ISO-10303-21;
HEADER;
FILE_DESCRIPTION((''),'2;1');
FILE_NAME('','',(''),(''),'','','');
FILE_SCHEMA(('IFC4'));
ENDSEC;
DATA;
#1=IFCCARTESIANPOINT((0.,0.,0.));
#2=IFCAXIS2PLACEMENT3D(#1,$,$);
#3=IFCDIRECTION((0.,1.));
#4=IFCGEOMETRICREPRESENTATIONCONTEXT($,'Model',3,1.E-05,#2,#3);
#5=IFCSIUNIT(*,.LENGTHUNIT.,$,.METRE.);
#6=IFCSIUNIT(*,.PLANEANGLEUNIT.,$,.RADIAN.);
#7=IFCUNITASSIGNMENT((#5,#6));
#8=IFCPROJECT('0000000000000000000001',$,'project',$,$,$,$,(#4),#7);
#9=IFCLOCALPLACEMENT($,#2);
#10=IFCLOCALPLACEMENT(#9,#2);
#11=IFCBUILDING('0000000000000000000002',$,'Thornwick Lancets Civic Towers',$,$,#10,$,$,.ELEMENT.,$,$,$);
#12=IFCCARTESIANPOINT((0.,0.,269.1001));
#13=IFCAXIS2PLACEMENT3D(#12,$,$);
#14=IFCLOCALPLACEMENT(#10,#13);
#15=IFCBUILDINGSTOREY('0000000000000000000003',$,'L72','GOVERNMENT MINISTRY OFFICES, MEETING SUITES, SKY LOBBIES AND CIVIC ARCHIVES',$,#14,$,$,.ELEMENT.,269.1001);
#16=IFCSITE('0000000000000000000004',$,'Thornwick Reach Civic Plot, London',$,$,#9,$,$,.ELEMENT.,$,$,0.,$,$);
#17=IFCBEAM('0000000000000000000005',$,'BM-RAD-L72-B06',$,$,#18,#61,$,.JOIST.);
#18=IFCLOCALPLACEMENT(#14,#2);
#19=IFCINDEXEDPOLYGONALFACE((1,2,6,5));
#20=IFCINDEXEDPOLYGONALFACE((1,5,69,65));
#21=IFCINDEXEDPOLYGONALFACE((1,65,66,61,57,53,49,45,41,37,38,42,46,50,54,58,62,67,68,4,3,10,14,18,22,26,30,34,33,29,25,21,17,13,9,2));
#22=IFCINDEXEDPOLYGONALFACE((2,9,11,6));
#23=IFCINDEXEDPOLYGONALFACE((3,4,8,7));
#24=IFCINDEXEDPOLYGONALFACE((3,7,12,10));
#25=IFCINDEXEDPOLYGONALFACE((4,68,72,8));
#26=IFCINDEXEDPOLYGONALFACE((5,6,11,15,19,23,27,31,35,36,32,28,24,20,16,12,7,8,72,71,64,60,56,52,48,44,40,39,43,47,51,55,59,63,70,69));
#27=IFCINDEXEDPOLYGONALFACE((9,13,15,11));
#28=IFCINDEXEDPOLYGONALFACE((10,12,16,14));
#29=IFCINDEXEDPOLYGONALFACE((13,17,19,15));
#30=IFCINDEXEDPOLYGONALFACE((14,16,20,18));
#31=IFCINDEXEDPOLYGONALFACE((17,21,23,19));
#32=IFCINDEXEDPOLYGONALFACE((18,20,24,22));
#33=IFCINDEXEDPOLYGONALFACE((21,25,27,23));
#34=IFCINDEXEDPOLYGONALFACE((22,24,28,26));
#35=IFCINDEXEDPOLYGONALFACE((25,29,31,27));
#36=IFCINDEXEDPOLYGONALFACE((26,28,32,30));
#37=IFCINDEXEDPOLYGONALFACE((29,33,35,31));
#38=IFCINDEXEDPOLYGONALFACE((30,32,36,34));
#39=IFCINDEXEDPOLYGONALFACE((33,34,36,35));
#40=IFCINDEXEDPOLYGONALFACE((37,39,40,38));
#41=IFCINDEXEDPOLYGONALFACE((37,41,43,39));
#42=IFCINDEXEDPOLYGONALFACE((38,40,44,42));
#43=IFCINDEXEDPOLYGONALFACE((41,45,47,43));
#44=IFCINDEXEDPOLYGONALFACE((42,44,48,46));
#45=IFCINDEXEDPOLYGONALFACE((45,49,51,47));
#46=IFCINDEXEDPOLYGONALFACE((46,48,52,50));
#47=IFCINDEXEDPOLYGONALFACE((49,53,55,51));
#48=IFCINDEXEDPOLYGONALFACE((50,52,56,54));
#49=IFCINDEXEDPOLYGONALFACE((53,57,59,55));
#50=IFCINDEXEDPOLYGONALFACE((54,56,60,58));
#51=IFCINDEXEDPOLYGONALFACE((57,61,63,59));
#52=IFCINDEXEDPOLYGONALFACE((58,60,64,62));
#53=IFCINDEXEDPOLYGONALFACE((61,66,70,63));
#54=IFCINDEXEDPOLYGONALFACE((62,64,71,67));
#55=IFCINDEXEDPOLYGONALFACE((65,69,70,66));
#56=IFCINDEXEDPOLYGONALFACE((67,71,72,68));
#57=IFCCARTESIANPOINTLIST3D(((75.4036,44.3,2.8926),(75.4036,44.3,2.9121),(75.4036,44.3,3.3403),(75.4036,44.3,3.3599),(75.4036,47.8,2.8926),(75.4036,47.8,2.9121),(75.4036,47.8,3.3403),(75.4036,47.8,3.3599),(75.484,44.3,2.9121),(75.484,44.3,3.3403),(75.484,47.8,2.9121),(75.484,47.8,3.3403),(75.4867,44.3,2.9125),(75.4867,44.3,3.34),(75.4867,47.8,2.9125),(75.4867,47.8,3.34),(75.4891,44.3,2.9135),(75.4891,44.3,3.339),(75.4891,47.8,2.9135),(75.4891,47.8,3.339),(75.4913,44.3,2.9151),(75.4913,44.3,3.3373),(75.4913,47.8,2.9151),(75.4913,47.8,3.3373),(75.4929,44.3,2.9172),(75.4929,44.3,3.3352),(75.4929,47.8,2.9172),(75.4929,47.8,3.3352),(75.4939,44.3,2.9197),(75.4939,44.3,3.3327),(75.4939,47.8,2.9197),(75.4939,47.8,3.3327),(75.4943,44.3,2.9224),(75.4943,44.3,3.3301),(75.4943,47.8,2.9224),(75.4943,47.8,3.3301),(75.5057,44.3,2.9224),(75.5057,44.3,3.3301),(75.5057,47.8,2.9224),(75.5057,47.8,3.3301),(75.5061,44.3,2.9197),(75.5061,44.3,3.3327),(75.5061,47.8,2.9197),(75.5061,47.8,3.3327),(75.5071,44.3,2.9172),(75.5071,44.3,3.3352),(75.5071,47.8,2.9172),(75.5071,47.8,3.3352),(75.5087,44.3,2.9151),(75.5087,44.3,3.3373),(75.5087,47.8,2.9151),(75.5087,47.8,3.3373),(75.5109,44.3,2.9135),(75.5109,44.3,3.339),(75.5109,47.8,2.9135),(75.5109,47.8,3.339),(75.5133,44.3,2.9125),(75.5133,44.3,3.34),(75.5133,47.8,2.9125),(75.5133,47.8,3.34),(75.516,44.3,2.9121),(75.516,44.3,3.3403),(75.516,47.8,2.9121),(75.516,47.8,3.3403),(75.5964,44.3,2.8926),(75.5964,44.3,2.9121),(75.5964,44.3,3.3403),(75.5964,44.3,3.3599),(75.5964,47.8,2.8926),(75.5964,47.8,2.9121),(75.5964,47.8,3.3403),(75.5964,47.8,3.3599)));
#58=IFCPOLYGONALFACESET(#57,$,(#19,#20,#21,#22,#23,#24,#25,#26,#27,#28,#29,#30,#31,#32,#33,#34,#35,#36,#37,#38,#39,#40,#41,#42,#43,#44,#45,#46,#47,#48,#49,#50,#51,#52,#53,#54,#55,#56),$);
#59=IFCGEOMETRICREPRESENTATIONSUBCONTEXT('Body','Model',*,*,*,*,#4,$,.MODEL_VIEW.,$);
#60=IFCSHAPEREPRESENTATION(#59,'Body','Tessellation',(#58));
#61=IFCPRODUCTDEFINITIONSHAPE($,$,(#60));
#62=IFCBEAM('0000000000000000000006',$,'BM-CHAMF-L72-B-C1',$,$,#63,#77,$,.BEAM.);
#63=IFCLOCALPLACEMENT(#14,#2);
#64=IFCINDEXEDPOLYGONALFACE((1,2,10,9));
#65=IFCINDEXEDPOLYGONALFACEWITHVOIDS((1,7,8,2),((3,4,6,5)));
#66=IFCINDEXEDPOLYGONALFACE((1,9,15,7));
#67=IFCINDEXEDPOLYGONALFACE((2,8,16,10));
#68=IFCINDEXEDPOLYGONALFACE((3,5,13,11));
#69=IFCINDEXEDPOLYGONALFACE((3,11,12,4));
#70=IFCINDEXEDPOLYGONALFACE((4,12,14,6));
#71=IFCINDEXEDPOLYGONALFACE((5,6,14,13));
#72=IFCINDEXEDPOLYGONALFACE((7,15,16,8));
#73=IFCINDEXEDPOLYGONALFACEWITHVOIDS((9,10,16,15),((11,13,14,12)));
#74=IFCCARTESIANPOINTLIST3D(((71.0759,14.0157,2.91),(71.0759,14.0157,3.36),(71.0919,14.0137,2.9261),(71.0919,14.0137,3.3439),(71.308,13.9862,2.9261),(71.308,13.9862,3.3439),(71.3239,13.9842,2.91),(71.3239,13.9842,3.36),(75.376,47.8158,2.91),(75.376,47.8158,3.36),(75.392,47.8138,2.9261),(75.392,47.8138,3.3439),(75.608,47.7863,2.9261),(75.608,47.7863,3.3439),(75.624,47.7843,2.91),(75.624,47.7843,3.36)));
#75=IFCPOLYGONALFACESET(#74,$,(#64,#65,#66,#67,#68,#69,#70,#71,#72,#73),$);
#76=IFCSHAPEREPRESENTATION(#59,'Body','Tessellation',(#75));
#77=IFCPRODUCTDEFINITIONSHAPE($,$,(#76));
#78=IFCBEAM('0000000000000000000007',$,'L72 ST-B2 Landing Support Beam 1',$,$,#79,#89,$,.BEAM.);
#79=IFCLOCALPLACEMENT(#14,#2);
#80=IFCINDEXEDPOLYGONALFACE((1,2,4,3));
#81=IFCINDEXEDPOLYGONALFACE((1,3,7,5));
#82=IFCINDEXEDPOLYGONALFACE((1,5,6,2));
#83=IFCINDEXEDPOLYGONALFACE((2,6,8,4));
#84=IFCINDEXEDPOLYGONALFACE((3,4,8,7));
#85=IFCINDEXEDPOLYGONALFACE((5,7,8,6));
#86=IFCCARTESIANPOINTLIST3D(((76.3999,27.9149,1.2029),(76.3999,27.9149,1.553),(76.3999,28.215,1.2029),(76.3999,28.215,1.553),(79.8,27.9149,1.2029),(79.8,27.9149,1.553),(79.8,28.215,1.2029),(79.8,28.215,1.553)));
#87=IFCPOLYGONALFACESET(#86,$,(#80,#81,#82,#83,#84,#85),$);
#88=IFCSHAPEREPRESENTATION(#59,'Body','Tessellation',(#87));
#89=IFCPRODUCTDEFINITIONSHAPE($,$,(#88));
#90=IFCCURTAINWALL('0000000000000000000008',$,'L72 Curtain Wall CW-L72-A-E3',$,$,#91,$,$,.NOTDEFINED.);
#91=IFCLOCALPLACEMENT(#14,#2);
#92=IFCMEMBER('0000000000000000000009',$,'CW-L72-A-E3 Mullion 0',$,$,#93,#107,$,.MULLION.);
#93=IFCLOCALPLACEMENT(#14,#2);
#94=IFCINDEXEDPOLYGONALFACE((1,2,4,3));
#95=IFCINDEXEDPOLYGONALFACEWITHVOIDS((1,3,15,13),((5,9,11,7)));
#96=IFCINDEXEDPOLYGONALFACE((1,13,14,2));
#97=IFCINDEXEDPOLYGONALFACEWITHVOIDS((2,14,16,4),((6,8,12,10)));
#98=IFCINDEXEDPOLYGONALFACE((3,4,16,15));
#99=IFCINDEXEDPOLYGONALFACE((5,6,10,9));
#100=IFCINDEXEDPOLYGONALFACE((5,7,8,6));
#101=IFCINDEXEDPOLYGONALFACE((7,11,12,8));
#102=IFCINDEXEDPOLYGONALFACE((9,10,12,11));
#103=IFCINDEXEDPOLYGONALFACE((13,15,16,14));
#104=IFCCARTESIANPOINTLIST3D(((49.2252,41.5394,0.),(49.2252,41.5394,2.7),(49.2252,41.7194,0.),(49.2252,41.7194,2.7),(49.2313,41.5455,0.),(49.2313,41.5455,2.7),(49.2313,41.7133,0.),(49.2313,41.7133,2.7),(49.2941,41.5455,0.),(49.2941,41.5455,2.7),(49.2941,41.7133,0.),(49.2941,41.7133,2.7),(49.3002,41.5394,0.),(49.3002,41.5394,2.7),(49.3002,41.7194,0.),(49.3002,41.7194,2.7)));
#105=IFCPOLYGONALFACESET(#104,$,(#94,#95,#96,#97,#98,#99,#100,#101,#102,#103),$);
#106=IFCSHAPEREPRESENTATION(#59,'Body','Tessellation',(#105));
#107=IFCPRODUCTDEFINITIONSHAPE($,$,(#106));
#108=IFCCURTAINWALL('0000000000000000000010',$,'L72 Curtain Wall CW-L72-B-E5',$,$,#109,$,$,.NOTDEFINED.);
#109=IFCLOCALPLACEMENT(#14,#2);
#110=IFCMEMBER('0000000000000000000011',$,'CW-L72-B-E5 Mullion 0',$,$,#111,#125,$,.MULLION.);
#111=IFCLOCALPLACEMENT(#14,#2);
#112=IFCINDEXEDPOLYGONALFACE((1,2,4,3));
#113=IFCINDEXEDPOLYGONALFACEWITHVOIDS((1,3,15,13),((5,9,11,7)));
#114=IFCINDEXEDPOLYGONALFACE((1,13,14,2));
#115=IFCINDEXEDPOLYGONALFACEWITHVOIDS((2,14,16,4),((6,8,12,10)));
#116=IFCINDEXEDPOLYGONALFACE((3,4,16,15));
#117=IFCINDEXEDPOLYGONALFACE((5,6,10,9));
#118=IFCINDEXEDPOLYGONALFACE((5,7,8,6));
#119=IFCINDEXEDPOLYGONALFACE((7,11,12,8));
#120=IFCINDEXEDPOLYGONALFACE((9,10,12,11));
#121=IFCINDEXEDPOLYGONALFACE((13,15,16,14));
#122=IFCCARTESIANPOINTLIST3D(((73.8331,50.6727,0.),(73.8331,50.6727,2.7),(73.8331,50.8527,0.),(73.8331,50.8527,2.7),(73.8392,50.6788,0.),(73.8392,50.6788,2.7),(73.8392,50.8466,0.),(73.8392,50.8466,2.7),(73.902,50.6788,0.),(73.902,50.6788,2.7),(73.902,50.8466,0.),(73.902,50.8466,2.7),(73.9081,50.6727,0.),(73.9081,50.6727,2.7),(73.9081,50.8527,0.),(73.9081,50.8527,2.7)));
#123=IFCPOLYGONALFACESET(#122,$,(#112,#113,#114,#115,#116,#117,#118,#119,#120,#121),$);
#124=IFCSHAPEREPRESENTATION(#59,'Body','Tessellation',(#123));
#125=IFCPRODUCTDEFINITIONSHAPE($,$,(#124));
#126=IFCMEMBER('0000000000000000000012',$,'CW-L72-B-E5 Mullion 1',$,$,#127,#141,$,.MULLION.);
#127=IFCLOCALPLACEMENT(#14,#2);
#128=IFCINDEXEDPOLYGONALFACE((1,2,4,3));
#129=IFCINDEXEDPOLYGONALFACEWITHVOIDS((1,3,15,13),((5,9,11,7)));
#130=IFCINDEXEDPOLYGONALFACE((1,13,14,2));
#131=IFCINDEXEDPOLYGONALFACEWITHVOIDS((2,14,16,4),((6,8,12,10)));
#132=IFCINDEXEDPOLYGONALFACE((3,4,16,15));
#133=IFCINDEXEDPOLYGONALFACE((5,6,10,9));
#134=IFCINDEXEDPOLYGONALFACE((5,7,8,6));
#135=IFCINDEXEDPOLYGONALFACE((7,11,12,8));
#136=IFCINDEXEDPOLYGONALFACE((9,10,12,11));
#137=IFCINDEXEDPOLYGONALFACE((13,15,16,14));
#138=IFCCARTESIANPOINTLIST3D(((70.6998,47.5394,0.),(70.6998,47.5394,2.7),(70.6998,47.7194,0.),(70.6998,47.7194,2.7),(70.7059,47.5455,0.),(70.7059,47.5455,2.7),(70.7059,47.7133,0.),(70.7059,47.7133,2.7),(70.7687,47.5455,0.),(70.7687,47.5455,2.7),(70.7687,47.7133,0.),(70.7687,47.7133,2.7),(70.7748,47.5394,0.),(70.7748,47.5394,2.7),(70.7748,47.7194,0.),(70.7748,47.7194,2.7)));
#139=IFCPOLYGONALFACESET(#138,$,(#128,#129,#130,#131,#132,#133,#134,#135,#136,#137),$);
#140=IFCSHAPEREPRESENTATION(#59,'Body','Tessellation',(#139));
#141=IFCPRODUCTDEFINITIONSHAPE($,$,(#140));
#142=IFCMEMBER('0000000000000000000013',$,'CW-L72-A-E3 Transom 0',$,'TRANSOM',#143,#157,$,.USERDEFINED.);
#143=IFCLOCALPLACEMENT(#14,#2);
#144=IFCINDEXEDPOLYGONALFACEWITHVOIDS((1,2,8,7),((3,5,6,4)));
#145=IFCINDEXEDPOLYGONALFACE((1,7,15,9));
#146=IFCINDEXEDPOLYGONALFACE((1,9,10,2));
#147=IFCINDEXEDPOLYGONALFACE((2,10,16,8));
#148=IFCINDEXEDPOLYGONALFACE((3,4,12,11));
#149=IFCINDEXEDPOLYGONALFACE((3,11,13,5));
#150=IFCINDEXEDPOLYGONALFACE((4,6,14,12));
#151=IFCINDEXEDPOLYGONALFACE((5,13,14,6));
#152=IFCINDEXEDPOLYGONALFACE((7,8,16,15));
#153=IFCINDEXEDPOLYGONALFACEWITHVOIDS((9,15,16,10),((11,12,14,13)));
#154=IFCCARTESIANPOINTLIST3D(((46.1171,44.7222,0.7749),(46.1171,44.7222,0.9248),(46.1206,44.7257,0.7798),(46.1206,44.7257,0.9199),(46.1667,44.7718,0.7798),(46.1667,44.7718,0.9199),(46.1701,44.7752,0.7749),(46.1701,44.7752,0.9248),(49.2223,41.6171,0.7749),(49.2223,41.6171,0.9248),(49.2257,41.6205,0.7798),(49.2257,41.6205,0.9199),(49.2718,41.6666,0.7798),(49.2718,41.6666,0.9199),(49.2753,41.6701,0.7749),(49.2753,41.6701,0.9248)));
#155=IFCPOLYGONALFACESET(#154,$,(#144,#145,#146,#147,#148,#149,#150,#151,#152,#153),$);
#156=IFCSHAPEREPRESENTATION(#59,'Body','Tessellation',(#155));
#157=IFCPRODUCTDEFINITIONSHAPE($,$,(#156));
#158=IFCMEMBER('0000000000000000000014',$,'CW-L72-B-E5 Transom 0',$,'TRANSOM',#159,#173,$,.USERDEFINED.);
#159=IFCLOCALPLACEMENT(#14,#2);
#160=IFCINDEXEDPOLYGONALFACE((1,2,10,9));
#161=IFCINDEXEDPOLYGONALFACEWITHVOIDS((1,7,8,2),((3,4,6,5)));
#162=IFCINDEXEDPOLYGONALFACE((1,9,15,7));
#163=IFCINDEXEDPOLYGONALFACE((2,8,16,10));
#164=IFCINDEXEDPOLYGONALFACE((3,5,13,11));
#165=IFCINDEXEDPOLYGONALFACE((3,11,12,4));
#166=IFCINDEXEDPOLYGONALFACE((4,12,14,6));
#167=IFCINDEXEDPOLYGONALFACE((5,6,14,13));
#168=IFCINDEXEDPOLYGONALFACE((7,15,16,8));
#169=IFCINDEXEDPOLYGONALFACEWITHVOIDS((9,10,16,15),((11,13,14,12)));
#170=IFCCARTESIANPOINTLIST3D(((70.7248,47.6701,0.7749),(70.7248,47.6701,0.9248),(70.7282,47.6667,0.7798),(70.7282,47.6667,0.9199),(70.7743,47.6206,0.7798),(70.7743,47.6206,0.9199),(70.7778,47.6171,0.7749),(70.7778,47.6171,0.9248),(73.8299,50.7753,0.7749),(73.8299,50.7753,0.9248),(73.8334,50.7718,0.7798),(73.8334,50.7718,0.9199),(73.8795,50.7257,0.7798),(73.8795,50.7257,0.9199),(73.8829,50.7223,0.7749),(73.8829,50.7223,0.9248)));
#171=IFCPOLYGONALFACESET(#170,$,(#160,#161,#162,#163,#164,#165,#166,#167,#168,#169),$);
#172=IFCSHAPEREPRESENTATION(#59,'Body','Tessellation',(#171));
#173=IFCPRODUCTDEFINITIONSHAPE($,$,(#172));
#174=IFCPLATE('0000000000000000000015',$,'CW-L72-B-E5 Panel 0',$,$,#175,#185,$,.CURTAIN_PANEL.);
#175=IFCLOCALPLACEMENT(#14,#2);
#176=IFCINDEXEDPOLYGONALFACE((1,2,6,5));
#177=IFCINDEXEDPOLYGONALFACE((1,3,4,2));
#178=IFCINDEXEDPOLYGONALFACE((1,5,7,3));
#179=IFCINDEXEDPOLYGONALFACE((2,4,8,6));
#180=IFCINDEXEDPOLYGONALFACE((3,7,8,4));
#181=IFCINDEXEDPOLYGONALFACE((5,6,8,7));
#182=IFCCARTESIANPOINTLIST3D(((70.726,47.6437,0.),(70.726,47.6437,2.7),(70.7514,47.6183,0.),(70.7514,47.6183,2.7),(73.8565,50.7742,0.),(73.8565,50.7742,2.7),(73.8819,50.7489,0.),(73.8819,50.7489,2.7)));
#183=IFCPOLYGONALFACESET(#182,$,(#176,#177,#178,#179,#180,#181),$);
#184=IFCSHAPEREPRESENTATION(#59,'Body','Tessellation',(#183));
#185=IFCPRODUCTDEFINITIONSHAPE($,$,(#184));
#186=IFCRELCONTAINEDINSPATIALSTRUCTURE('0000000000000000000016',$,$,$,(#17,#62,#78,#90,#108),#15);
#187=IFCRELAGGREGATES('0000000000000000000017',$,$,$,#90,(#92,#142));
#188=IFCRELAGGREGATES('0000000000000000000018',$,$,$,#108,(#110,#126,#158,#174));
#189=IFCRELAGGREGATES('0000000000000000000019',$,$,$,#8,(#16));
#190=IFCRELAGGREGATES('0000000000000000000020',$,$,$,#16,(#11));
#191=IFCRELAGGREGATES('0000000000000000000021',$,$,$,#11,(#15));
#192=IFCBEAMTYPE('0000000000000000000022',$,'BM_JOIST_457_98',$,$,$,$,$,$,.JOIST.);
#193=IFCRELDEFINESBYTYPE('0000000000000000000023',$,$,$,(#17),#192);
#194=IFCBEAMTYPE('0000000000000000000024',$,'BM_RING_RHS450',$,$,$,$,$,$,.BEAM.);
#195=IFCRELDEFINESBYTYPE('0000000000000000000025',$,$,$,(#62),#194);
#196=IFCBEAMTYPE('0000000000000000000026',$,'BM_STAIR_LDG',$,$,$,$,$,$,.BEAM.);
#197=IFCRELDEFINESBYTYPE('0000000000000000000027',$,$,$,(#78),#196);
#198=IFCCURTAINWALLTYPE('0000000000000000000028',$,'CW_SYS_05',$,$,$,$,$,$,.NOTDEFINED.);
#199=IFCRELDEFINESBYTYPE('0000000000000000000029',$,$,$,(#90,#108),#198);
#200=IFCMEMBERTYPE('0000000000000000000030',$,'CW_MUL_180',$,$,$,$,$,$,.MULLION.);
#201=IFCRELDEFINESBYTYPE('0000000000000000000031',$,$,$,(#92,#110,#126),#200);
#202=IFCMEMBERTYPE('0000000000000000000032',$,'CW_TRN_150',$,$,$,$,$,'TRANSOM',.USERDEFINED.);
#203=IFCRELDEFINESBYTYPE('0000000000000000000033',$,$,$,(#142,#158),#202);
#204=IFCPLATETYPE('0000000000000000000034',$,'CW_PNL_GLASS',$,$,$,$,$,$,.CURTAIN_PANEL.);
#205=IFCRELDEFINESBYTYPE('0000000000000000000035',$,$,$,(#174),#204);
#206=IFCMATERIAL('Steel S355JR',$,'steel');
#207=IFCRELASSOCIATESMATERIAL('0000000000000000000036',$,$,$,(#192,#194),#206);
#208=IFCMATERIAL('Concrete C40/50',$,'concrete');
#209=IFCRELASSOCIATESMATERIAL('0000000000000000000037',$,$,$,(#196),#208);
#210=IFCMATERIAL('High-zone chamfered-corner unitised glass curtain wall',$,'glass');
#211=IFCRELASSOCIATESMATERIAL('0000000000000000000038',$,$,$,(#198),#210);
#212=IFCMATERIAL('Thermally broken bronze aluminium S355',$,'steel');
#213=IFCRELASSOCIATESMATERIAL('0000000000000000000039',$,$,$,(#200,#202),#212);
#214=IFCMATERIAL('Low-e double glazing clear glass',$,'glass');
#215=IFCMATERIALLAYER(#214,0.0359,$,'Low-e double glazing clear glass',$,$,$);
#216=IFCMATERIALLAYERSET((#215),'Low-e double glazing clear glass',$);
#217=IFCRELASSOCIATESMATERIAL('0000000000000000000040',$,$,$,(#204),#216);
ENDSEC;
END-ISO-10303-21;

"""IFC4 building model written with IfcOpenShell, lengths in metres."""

from ifc_helpers import new_model, si_unit, direction, frame, origin, origin_2d, place, context, subcontext, project, spatial, rectangle, hollow_rectangle, i_section, extrude, material, layer, layer_set, material_profile, profile_set, type_object, element, aggregate, save


model = new_model("IFC4")

# Units and contexts
model_context = context("Model", 3, precision=1e-05, world=origin(), true_north=direction((0.0, 1.0)))
body_context = subcontext(model_context, "Body", "Model", "MODEL_VIEW")
ifc_project = project(units=[si_unit("LENGTHUNIT", "METRE"), si_unit("PLANEANGLEUNIT", "RADIAN")], contexts=[model_context])

# Site, building, storey
site_placement = place(None, origin())
site = spatial("IfcSite", under=ifc_project, at=site_placement, Name="Thornwick Reach Civic Plot, London", CompositionType="ELEMENT", RefElevation=0.0)
building_placement = place(site_placement, origin())
building = spatial("IfcBuilding", under=site, at=building_placement, Name="Thornwick Lancets Civic Towers", CompositionType="ELEMENT")
storey_placement = place(building_placement, frame((0.0, 0.0, 269.1001)))
storey = spatial("IfcBuildingStorey", under=building, at=storey_placement, Name="L72", Description="GOVERNMENT MINISTRY OFFICES, MEETING SUITES, SKY LOBBIES AND CIVIC ARCHIVES", CompositionType="ELEMENT", Elevation=269.1001)

# Shared definitions
ifc_material_1 = material(Name="Steel S355JR", Category="steel")

# Beams
ifc_material_profile_1 = material_profile(ifc_material_1, i_section(OverallWidth=0.1929, OverallDepth=0.4673, WebThickness=0.0115, FlangeThickness=0.0195, FilletRadius=0.0103, at=origin_2d()), Name="UKB 457x191x98")
ifc_profile_set_1 = profile_set([ifc_material_profile_1], Name="Steel S355JR")
beam_type_1 = type_object("IfcBeamType", Name="BM_JOIST_457_98", PredefinedType="JOIST", material=ifc_profile_set_1)
beam_1_placement = place(storey_placement, frame((75.5, 44.3, 3.1262), z_axis=(0.0, 1.0, 0.0), x_axis=(-1.0, 0.0, 0.0)))
element("IfcBeam", 1, at=beam_1_placement, inside=storey, type_object=beam_type_1, Name="BM-RAD-L72-B06", PredefinedType="JOIST", context=body_context, shape_type="SweptSolid", body=[
    extrude(i_section(OverallWidth=0.1929, OverallDepth=0.4673, WebThickness=0.0115, FlangeThickness=0.0195, FilletRadius=0.0103, at=origin_2d()), origin(), (0.0, 0.0, 1.0), 3.5),
])
ifc_material_profile_2 = material_profile(ifc_material_1, hollow_rectangle(XDim=0.25, YDim=0.45, WallThickness=0.0161, at=origin_2d()), Name="RHS 450x250x16")
ifc_profile_set_2 = profile_set([ifc_material_profile_2], Name="Steel S355JR")
beam_type_2 = type_object("IfcBeamType", Name="BM_RING_RHS450", PredefinedType="BEAM", material=ifc_profile_set_2)
beam_2_placement = place(storey_placement, frame((75.5, 47.8, 3.135), z_axis=(-0.126203, -0.992004, 0.0), x_axis=(0.992004, -0.126203, 0.0)))
element("IfcBeam", 2, at=beam_2_placement, inside=storey, type_object=beam_type_2, Name="BM-CHAMF-L72-B-C1", PredefinedType="BEAM", context=body_context, shape_type="SweptSolid", body=[
    extrude(hollow_rectangle(XDim=0.25, YDim=0.45, WallThickness=0.0161, at=origin_2d()), origin(), (0.0, 0.0, 1.0), 34.0725),
])
ifc_material_2 = material(Name="Concrete C40/50", Category="concrete")
ifc_material_profile_3 = material_profile(ifc_material_2, rectangle(XDim=0.3, YDim=0.3501, at=origin_2d()), Name="RC 300x350")
ifc_profile_set_3 = profile_set([ifc_material_profile_3], Name="Concrete C40/50")
beam_type_3 = type_object("IfcBeamType", Name="BM_STAIR_LDG", PredefinedType="BEAM", material=ifc_profile_set_3)
beam_3_placement = place(storey_placement, frame((76.3999, 28.0649, 1.3779), z_axis=(1.0, 0.0, 0.0), x_axis=(0.0, 1.0, 0.0)))
element("IfcBeam", 3, at=beam_3_placement, inside=storey, type_object=beam_type_3, Name="L72 ST-B2 Landing Support Beam 1", PredefinedType="BEAM", context=body_context, shape_type="SweptSolid", body=[
    extrude(rectangle(XDim=0.3, YDim=0.3501, at=origin_2d()), origin(), (0.0, 0.0, 1.0), 3.4001),
])

# Curtain wall, member
ifc_material_3 = material(Name="High-zone chamfered-corner unitised glass curtain wall", Category="glass")
curtain_wall_type = type_object("IfcCurtainWallType", Name="CW_SYS_05", PredefinedType="NOTDEFINED", material=ifc_material_3)
curtain_wall_1_placement = place(storey_placement, origin())
curtain_wall_1 = element("IfcCurtainWall", 4, at=curtain_wall_1_placement, inside=storey, type_object=curtain_wall_type, Name="L72 Curtain Wall CW-L72-A-E3", PredefinedType="NOTDEFINED")
ifc_material_4 = material(Name="Thermally broken bronze aluminium S355", Category="steel")
ifc_material_profile_4 = material_profile(ifc_material_4, hollow_rectangle(XDim=0.075, YDim=0.1799, WallThickness=0.0061, at=origin_2d()), Name="RHS 180x75x6")
ifc_profile_set_4 = profile_set([ifc_material_profile_4], Name="Thermally broken bronze aluminium S355")
member_type_1 = type_object("IfcMemberType", Name="CW_MUL_180", PredefinedType="MULLION", material=ifc_profile_set_4)
member_1_placement = place(storey_placement, frame((49.2627, 41.6294, 0.0), z_axis=(0.0, 0.0, 1.0), x_axis=(1.0, 0.0, 0.0)))
member_1 = element("IfcMember", 5, at=member_1_placement, type_object=member_type_1, Name="CW-L72-A-E3 Mullion 0", PredefinedType="MULLION", context=body_context, shape_type="SweptSolid", body=[
    extrude(hollow_rectangle(XDim=0.075, YDim=0.1799, WallThickness=0.0061, at=origin_2d()), origin(), (0.0, 0.0, 1.0), 2.7),
])

# Curtain wall, members
curtain_wall_2_placement = place(storey_placement, origin())
curtain_wall_2 = element("IfcCurtainWall", 6, at=curtain_wall_2_placement, inside=storey, type_object=curtain_wall_type, Name="L72 Curtain Wall CW-L72-B-E5", PredefinedType="NOTDEFINED")
member_2_placement = place(storey_placement, frame((73.8706, 50.7627, 0.0), z_axis=(0.0, 0.0, 1.0), x_axis=(1.0, 0.0, 0.0)))
member_2 = element("IfcMember", 7, at=member_2_placement, type_object=member_type_1, Name="CW-L72-B-E5 Mullion 0", PredefinedType="MULLION", context=body_context, shape_type="SweptSolid", body=[
    extrude(hollow_rectangle(XDim=0.075, YDim=0.1799, WallThickness=0.0061, at=origin_2d()), origin(), (0.0, 0.0, 1.0), 2.7),
])
member_3_placement = place(storey_placement, frame((70.7373, 47.6294, 0.0), z_axis=(0.0, 0.0, 1.0), x_axis=(1.0, 0.0, 0.0)))
member_3 = element("IfcMember", 8, at=member_3_placement, type_object=member_type_1, Name="CW-L72-B-E5 Mullion 1", PredefinedType="MULLION", context=body_context, shape_type="SweptSolid", body=[
    extrude(hollow_rectangle(XDim=0.075, YDim=0.1799, WallThickness=0.0061, at=origin_2d()), origin(), (0.0, 0.0, 1.0), 2.7),
])

# Members
ifc_material_profile_5 = material_profile(ifc_material_4, hollow_rectangle(XDim=0.075, YDim=0.1499, WallThickness=0.0049, at=origin_2d()), Name="RHS 150x75x5")
ifc_profile_set_5 = profile_set([ifc_material_profile_5], Name="Thermally broken bronze aluminium S355")
member_type_2 = type_object("IfcMemberType", Name="CW_TRN_150", ElementType="TRANSOM", PredefinedType="USERDEFINED", material=ifc_profile_set_5)
member_4_placement = place(storey_placement, frame((49.2488, 41.6436, 0.8499), z_axis=(-0.707107, 0.707107, 0.0), x_axis=(-0.707107, -0.707107, 0.0)))
member_4 = element("IfcMember", 9, at=member_4_placement, type_object=member_type_2, Name="CW-L72-A-E3 Transom 0", ObjectType="TRANSOM", PredefinedType="USERDEFINED", context=body_context, shape_type="SweptSolid", body=[
    extrude(hollow_rectangle(XDim=0.075, YDim=0.1499, WallThickness=0.0049, at=origin_2d()), origin(), (0.0, 0.0, 1.0), 4.3914),
])
aggregate(curtain_wall_1, [member_1, member_4])
member_5_placement = place(storey_placement, frame((73.8564, 50.7488, 0.8499), z_axis=(-0.707107, -0.707107, 0.0), x_axis=(0.707107, -0.707107, 0.0)))
member_5 = element("IfcMember", 10, at=member_5_placement, type_object=member_type_2, Name="CW-L72-B-E5 Transom 0", ObjectType="TRANSOM", PredefinedType="USERDEFINED", context=body_context, shape_type="SweptSolid", body=[
    extrude(hollow_rectangle(XDim=0.075, YDim=0.1499, WallThickness=0.0049, at=origin_2d()), origin(), (0.0, 0.0, 1.0), 4.3914),
])

# Plate
ifc_material_5 = material(Name="Low-e double glazing clear glass", Category="glass")
ifc_layer_1 = layer(ifc_material_5, 0.0359, Name="Low-e double glazing clear glass")
ifc_layer_set_1 = layer_set([ifc_layer_1], Name="Low-e double glazing clear glass")
plate_type = type_object("IfcPlateType", Name="CW_PNL_GLASS", PredefinedType="CURTAIN_PANEL", material=ifc_layer_set_1)
plate_placement = place(storey_placement, frame((72.304, 49.1963, 0.0), z_axis=(0.0, 0.0, 1.0), x_axis=(-0.707107, -0.707107, 0.0)))
plate = element("IfcPlate", 11, at=plate_placement, type_object=plate_type, Name="CW-L72-B-E5 Panel 0", PredefinedType="CURTAIN_PANEL", context=body_context, shape_type="SweptSolid", body=[
    extrude(rectangle(XDim=4.4272, YDim=0.0359, at=origin_2d()), origin(), (0.0, 0.0, 1.0), 2.7),
])
aggregate(curtain_wall_2, [member_2, member_3, member_5, plate])

save(model, "model.ifc")
